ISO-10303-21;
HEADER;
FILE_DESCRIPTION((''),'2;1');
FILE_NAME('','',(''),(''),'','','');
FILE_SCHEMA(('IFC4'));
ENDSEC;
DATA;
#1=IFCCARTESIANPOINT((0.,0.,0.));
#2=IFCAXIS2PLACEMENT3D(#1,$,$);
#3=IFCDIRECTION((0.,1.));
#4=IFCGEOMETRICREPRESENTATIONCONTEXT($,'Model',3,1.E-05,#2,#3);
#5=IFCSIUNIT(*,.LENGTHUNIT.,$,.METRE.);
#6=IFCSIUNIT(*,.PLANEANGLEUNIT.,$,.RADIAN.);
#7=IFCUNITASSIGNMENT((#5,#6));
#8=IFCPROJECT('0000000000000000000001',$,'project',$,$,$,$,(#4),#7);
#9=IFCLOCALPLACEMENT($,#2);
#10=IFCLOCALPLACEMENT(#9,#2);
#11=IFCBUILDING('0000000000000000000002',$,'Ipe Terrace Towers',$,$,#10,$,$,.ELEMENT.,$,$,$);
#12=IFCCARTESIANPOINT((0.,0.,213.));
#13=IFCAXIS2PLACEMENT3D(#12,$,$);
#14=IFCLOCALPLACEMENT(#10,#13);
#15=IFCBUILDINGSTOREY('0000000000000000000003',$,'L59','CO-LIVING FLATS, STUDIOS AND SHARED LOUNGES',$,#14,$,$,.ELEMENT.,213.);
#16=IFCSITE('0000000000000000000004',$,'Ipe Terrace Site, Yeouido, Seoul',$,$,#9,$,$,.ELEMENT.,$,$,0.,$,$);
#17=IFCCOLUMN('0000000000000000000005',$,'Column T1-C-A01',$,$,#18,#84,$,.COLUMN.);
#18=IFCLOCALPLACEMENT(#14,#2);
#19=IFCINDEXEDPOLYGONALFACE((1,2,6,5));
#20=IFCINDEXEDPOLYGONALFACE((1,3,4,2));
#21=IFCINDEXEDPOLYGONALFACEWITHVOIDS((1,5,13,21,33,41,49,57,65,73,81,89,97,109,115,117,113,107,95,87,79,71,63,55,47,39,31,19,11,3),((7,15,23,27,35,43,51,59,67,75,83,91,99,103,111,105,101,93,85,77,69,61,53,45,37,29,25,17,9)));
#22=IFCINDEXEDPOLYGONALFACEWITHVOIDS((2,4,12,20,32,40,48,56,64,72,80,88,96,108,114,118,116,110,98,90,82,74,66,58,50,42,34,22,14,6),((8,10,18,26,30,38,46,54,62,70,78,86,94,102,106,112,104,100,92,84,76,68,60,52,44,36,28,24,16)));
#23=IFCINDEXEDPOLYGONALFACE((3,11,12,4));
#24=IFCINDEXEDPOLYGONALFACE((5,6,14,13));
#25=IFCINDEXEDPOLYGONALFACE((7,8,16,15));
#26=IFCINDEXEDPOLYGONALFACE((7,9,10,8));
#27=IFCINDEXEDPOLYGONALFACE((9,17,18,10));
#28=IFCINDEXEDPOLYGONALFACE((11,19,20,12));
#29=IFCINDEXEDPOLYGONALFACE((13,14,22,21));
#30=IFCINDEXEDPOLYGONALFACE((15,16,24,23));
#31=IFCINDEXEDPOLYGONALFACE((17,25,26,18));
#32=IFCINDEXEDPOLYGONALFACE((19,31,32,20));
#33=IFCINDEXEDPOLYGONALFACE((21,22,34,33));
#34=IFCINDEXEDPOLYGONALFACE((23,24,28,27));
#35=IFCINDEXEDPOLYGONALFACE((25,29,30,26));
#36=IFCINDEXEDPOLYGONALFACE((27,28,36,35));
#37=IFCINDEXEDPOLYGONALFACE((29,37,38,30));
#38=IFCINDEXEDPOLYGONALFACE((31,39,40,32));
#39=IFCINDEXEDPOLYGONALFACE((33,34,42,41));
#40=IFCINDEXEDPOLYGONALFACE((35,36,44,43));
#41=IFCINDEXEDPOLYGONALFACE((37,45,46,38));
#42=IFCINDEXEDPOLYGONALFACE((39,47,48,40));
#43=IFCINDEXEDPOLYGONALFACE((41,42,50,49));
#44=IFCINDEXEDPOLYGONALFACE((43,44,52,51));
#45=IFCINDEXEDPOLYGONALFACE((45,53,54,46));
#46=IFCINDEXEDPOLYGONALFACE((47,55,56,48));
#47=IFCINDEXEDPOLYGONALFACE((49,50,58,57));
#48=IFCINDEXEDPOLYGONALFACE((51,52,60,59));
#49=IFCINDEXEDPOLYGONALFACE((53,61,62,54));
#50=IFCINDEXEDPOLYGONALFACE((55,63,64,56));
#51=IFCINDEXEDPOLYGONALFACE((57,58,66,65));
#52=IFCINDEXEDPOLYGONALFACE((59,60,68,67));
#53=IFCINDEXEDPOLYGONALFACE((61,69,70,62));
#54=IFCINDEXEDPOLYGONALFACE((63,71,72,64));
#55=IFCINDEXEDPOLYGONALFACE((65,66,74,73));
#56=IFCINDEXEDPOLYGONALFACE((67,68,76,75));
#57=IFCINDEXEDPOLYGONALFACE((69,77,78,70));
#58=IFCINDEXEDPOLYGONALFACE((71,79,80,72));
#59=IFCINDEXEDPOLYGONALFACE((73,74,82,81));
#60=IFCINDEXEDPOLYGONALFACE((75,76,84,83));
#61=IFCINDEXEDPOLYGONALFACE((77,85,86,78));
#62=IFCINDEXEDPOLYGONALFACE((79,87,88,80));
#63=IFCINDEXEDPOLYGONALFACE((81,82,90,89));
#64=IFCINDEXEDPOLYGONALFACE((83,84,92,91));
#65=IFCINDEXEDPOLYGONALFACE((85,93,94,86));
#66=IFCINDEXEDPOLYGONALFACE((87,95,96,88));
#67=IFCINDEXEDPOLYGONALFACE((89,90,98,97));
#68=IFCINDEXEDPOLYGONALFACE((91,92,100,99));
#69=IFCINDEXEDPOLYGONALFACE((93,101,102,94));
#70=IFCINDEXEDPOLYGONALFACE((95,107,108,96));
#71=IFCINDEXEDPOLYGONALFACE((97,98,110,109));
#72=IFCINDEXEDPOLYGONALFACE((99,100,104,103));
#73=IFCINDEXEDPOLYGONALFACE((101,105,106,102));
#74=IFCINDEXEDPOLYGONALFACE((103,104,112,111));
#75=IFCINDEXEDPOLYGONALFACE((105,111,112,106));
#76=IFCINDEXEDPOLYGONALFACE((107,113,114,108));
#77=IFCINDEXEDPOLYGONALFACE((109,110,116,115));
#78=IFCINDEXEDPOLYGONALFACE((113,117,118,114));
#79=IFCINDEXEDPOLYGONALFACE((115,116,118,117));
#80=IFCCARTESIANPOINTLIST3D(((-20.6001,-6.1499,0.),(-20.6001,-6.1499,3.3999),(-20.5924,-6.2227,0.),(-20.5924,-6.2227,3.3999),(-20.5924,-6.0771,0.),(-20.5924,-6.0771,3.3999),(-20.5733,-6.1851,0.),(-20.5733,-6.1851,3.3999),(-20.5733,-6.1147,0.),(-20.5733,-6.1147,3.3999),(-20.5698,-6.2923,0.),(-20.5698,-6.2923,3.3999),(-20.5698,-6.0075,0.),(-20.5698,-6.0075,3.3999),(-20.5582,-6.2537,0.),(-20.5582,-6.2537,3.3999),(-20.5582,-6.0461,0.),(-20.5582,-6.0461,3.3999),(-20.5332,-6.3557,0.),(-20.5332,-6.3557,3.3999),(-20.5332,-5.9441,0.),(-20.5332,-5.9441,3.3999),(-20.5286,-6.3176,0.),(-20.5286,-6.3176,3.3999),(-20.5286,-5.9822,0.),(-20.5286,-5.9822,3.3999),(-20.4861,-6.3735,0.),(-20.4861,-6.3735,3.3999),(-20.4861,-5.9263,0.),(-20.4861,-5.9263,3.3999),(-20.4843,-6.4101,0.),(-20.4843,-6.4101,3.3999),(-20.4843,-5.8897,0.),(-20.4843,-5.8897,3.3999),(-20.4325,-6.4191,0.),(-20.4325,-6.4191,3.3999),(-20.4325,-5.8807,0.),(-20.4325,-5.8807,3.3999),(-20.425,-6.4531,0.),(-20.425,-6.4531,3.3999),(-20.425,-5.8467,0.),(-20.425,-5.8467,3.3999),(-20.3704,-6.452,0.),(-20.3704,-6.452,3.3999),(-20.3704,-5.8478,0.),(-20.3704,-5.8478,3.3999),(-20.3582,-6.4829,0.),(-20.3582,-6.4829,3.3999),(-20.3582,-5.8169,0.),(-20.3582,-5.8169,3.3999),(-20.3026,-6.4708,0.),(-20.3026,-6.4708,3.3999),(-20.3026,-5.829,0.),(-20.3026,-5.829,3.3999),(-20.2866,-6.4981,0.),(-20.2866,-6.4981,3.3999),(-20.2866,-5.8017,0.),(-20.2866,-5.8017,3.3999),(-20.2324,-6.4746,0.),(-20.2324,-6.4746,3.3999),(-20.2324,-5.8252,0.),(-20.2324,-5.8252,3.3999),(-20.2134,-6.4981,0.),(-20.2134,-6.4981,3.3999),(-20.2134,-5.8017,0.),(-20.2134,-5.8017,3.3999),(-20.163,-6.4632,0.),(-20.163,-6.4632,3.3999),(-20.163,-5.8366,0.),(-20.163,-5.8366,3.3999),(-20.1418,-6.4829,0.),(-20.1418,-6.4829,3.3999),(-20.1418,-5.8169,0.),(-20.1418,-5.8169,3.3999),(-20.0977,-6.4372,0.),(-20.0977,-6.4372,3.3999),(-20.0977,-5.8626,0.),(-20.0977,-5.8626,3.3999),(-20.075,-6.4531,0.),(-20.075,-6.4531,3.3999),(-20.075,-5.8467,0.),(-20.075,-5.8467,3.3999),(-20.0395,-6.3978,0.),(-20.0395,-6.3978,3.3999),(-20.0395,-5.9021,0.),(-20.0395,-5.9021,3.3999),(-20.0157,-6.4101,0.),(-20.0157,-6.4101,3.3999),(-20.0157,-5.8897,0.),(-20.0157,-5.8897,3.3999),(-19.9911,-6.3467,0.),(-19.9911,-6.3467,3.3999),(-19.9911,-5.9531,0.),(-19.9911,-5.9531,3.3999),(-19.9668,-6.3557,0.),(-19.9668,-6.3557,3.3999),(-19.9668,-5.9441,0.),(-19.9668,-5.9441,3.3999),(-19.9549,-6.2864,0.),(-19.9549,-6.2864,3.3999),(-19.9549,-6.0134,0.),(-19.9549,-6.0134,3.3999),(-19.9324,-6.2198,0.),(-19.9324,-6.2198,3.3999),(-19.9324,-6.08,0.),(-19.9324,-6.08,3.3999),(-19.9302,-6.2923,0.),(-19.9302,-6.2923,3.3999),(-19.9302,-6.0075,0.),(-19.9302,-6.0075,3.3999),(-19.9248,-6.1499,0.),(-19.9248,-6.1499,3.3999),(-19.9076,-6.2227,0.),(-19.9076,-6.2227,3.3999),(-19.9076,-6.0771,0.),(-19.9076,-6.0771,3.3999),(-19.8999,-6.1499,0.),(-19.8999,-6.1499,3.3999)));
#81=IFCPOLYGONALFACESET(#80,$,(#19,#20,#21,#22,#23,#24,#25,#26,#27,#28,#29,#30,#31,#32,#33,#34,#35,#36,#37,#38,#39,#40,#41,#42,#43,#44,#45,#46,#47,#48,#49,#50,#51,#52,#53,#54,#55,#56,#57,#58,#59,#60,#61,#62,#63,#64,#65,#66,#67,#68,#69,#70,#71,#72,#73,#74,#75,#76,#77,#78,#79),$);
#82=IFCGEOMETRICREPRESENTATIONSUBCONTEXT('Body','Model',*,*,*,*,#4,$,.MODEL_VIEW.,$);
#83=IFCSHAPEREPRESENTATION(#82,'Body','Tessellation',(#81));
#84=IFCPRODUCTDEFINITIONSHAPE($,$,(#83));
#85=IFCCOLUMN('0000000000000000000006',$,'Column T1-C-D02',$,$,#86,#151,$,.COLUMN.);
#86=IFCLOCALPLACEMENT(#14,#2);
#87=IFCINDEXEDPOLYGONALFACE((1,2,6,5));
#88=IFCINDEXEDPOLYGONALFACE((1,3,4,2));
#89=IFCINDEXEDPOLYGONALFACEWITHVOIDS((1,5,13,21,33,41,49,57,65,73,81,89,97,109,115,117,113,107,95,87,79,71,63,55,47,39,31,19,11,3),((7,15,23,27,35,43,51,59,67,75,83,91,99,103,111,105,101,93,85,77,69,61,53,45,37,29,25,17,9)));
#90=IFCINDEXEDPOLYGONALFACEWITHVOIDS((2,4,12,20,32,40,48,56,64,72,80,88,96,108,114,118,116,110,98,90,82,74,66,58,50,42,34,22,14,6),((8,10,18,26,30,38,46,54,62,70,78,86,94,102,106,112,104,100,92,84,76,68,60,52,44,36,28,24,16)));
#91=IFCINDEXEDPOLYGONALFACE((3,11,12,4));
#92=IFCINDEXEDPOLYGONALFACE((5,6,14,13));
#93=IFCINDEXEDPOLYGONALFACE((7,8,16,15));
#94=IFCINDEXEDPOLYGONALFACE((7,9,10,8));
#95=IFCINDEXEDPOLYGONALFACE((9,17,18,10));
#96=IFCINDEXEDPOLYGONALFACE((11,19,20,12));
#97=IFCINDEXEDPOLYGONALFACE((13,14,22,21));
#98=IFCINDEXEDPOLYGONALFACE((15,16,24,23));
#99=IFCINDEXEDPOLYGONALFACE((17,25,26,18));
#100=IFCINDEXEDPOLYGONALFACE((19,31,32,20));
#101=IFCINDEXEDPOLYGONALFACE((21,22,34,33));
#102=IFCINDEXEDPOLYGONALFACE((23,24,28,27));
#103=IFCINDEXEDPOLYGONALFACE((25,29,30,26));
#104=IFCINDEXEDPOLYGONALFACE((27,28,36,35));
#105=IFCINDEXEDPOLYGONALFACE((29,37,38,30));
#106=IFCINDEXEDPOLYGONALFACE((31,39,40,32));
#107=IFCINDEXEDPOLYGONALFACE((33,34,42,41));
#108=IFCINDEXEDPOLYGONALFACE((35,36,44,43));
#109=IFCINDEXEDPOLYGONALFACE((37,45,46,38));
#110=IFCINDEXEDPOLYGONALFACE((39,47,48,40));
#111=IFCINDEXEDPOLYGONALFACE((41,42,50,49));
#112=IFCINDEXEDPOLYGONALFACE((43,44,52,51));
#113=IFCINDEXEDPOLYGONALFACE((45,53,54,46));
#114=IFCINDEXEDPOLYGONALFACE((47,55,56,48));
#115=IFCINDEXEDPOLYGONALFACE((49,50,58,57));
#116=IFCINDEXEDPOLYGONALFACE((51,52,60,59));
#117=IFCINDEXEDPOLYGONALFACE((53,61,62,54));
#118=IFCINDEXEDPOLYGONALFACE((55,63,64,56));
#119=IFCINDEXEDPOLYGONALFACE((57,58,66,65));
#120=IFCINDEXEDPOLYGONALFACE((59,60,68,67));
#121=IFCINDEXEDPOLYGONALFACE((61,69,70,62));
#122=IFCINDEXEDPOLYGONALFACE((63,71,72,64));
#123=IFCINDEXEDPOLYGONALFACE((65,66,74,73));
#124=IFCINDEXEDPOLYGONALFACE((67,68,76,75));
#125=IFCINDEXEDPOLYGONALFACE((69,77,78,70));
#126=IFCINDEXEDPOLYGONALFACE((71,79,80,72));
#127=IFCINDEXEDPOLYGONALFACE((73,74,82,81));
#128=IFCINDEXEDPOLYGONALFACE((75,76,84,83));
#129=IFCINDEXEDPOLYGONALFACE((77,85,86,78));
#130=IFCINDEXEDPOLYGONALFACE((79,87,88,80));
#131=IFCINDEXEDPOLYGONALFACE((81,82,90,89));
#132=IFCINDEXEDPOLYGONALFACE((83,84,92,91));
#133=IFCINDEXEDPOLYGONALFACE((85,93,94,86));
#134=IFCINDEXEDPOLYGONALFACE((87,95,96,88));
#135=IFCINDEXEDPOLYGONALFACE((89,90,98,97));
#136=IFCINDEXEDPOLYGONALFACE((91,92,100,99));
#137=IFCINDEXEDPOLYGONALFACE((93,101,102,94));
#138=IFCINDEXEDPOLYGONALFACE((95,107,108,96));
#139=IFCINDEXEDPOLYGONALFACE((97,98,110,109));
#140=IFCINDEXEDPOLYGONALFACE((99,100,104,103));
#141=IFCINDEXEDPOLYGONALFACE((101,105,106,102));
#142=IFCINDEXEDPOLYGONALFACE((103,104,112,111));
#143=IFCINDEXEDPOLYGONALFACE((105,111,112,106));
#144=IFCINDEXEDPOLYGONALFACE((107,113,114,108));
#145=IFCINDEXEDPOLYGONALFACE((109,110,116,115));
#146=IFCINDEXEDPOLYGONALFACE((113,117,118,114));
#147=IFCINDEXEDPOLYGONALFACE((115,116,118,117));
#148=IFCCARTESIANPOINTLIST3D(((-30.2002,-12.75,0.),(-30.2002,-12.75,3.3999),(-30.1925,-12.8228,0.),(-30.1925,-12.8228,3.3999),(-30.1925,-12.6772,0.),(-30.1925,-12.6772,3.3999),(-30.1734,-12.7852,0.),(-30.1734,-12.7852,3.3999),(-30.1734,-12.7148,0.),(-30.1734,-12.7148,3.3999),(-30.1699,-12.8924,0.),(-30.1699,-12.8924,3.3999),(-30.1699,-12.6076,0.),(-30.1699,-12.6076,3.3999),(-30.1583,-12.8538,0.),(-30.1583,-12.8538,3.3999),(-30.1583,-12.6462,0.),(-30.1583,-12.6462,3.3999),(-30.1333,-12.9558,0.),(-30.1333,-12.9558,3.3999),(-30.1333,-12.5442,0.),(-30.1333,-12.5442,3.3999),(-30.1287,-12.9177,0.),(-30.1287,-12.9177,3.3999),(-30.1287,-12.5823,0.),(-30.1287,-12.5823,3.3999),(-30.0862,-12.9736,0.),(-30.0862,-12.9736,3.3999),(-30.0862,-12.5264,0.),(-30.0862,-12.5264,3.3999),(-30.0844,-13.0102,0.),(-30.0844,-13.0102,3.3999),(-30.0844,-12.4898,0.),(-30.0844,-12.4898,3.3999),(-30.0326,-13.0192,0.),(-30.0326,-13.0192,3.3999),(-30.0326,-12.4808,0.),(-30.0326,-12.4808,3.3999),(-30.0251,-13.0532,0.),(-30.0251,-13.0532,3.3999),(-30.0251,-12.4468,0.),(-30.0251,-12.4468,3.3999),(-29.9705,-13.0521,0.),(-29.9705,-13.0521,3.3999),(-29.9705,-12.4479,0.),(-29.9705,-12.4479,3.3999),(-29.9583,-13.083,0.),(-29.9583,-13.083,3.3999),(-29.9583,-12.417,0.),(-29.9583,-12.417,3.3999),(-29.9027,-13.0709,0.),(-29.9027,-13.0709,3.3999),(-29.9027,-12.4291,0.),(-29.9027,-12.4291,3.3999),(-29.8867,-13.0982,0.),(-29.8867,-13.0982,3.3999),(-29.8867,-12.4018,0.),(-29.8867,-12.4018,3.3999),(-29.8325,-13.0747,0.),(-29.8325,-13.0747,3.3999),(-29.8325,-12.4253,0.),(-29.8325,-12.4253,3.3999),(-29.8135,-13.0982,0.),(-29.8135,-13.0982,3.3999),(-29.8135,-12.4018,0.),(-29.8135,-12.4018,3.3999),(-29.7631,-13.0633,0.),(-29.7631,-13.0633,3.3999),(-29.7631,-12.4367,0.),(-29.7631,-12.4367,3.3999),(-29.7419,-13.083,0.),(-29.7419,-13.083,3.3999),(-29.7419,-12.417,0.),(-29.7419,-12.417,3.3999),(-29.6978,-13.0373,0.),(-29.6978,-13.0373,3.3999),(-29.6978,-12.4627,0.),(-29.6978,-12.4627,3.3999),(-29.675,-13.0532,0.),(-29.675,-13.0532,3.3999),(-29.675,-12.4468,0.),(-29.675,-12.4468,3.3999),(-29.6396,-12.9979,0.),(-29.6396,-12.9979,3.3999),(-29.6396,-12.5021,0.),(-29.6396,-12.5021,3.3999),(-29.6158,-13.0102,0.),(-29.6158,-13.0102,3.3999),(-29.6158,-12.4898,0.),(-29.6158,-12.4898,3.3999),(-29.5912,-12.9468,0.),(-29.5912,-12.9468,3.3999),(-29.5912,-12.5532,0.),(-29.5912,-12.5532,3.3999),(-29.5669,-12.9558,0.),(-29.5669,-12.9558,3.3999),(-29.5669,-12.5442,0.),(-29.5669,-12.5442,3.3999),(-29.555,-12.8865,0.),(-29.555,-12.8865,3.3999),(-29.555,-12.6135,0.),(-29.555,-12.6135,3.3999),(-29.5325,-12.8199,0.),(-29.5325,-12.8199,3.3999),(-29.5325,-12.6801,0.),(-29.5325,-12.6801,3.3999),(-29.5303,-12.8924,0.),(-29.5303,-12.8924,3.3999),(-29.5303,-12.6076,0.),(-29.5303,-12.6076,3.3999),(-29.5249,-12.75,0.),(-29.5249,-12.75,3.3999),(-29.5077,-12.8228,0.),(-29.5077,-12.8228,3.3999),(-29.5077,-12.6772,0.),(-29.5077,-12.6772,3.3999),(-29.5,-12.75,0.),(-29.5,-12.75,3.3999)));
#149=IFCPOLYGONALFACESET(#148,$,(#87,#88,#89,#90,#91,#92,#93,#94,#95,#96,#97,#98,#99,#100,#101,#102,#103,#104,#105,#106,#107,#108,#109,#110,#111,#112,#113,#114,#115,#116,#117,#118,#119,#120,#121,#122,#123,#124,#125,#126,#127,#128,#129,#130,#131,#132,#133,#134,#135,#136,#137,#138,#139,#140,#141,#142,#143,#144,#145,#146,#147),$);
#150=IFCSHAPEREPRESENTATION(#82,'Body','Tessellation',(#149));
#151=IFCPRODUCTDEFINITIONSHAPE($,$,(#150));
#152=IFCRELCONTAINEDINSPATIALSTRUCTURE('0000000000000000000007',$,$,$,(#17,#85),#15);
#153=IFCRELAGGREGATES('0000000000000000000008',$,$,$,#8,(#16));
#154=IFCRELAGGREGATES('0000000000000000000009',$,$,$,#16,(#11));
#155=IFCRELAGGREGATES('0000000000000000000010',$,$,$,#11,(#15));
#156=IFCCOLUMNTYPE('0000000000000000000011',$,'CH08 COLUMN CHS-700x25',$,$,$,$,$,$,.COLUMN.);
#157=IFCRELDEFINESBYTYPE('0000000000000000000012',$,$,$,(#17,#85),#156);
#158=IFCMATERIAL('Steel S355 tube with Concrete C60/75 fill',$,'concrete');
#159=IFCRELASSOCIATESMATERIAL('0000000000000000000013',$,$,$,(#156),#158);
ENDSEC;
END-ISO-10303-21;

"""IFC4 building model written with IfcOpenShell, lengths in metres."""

from ifc_helpers import new_model, si_unit, direction, frame, origin, origin_2d, place, context, subcontext, project, spatial, hollow_circle, extrude, material, material_profile, profile_set, type_object, element, save


model = new_model("IFC4")

# Units and contexts
model_context = context("Model", 3, precision=1e-05, world=origin(), true_north=direction((0.0, 1.0)))
body_context = subcontext(model_context, "Body", "Model", "MODEL_VIEW")
ifc_project = project(units=[si_unit("LENGTHUNIT", "METRE"), si_unit("PLANEANGLEUNIT", "RADIAN")], contexts=[model_context])

# Site, building, storey
site_placement = place(None, origin())
site = spatial("IfcSite", under=ifc_project, at=site_placement, Name="Ipe Terrace Site, Yeouido, Seoul", CompositionType="ELEMENT", RefElevation=0.0)
building_placement = place(site_placement, origin())
building = spatial("IfcBuilding", under=site, at=building_placement, Name="Ipe Terrace Towers", CompositionType="ELEMENT")
storey_placement = place(building_placement, frame((0.0, 0.0, 213.0)))
storey = spatial("IfcBuildingStorey", under=building, at=storey_placement, Name="L59", Description="CO-LIVING FLATS, STUDIOS AND SHARED LOUNGES", CompositionType="ELEMENT", Elevation=213.0)

# Columns
ifc_material_1 = material(Name="Steel S355 tube with Concrete C60/75 fill", Category="concrete")
ifc_material_profile_1 = material_profile(ifc_material_1, hollow_circle(Radius=0.3501, WallThickness=0.0249, at=origin_2d()), Name="CHS-700x25")
ifc_profile_set_1 = profile_set([ifc_material_profile_1], Name="Steel S355 tube with Concrete C60/75 fill")
column_type_1 = type_object("IfcColumnType", Name="CH08 COLUMN CHS-700x25", PredefinedType="COLUMN", material=ifc_profile_set_1)
for number, where, z_axis, x_axis, name in (
    (1, (-20.25, -6.1499, 0.0), (0.0, 0.0, 1.0), (1.0, 0.0, 0.0), "Column T1-C-A01"),
    (2, (-29.8501, -12.75, 0.0), (0.0, 0.0, 1.0), (1.0, 0.0, 0.0), "Column T1-C-D02"),
):
    element("IfcColumn", number, at=place(storey_placement, frame(where, z_axis=z_axis, x_axis=x_axis)), inside=storey, type_object=column_type_1, Name=name, PredefinedType="COLUMN", context=body_context, shape_type="SweptSolid", body=[
        extrude(hollow_circle(Radius=0.3501, WallThickness=0.0249, at=origin_2d()), origin(), (0.0, 0.0, 1.0), 3.3999),
    ])

save(model, "model.ifc")
